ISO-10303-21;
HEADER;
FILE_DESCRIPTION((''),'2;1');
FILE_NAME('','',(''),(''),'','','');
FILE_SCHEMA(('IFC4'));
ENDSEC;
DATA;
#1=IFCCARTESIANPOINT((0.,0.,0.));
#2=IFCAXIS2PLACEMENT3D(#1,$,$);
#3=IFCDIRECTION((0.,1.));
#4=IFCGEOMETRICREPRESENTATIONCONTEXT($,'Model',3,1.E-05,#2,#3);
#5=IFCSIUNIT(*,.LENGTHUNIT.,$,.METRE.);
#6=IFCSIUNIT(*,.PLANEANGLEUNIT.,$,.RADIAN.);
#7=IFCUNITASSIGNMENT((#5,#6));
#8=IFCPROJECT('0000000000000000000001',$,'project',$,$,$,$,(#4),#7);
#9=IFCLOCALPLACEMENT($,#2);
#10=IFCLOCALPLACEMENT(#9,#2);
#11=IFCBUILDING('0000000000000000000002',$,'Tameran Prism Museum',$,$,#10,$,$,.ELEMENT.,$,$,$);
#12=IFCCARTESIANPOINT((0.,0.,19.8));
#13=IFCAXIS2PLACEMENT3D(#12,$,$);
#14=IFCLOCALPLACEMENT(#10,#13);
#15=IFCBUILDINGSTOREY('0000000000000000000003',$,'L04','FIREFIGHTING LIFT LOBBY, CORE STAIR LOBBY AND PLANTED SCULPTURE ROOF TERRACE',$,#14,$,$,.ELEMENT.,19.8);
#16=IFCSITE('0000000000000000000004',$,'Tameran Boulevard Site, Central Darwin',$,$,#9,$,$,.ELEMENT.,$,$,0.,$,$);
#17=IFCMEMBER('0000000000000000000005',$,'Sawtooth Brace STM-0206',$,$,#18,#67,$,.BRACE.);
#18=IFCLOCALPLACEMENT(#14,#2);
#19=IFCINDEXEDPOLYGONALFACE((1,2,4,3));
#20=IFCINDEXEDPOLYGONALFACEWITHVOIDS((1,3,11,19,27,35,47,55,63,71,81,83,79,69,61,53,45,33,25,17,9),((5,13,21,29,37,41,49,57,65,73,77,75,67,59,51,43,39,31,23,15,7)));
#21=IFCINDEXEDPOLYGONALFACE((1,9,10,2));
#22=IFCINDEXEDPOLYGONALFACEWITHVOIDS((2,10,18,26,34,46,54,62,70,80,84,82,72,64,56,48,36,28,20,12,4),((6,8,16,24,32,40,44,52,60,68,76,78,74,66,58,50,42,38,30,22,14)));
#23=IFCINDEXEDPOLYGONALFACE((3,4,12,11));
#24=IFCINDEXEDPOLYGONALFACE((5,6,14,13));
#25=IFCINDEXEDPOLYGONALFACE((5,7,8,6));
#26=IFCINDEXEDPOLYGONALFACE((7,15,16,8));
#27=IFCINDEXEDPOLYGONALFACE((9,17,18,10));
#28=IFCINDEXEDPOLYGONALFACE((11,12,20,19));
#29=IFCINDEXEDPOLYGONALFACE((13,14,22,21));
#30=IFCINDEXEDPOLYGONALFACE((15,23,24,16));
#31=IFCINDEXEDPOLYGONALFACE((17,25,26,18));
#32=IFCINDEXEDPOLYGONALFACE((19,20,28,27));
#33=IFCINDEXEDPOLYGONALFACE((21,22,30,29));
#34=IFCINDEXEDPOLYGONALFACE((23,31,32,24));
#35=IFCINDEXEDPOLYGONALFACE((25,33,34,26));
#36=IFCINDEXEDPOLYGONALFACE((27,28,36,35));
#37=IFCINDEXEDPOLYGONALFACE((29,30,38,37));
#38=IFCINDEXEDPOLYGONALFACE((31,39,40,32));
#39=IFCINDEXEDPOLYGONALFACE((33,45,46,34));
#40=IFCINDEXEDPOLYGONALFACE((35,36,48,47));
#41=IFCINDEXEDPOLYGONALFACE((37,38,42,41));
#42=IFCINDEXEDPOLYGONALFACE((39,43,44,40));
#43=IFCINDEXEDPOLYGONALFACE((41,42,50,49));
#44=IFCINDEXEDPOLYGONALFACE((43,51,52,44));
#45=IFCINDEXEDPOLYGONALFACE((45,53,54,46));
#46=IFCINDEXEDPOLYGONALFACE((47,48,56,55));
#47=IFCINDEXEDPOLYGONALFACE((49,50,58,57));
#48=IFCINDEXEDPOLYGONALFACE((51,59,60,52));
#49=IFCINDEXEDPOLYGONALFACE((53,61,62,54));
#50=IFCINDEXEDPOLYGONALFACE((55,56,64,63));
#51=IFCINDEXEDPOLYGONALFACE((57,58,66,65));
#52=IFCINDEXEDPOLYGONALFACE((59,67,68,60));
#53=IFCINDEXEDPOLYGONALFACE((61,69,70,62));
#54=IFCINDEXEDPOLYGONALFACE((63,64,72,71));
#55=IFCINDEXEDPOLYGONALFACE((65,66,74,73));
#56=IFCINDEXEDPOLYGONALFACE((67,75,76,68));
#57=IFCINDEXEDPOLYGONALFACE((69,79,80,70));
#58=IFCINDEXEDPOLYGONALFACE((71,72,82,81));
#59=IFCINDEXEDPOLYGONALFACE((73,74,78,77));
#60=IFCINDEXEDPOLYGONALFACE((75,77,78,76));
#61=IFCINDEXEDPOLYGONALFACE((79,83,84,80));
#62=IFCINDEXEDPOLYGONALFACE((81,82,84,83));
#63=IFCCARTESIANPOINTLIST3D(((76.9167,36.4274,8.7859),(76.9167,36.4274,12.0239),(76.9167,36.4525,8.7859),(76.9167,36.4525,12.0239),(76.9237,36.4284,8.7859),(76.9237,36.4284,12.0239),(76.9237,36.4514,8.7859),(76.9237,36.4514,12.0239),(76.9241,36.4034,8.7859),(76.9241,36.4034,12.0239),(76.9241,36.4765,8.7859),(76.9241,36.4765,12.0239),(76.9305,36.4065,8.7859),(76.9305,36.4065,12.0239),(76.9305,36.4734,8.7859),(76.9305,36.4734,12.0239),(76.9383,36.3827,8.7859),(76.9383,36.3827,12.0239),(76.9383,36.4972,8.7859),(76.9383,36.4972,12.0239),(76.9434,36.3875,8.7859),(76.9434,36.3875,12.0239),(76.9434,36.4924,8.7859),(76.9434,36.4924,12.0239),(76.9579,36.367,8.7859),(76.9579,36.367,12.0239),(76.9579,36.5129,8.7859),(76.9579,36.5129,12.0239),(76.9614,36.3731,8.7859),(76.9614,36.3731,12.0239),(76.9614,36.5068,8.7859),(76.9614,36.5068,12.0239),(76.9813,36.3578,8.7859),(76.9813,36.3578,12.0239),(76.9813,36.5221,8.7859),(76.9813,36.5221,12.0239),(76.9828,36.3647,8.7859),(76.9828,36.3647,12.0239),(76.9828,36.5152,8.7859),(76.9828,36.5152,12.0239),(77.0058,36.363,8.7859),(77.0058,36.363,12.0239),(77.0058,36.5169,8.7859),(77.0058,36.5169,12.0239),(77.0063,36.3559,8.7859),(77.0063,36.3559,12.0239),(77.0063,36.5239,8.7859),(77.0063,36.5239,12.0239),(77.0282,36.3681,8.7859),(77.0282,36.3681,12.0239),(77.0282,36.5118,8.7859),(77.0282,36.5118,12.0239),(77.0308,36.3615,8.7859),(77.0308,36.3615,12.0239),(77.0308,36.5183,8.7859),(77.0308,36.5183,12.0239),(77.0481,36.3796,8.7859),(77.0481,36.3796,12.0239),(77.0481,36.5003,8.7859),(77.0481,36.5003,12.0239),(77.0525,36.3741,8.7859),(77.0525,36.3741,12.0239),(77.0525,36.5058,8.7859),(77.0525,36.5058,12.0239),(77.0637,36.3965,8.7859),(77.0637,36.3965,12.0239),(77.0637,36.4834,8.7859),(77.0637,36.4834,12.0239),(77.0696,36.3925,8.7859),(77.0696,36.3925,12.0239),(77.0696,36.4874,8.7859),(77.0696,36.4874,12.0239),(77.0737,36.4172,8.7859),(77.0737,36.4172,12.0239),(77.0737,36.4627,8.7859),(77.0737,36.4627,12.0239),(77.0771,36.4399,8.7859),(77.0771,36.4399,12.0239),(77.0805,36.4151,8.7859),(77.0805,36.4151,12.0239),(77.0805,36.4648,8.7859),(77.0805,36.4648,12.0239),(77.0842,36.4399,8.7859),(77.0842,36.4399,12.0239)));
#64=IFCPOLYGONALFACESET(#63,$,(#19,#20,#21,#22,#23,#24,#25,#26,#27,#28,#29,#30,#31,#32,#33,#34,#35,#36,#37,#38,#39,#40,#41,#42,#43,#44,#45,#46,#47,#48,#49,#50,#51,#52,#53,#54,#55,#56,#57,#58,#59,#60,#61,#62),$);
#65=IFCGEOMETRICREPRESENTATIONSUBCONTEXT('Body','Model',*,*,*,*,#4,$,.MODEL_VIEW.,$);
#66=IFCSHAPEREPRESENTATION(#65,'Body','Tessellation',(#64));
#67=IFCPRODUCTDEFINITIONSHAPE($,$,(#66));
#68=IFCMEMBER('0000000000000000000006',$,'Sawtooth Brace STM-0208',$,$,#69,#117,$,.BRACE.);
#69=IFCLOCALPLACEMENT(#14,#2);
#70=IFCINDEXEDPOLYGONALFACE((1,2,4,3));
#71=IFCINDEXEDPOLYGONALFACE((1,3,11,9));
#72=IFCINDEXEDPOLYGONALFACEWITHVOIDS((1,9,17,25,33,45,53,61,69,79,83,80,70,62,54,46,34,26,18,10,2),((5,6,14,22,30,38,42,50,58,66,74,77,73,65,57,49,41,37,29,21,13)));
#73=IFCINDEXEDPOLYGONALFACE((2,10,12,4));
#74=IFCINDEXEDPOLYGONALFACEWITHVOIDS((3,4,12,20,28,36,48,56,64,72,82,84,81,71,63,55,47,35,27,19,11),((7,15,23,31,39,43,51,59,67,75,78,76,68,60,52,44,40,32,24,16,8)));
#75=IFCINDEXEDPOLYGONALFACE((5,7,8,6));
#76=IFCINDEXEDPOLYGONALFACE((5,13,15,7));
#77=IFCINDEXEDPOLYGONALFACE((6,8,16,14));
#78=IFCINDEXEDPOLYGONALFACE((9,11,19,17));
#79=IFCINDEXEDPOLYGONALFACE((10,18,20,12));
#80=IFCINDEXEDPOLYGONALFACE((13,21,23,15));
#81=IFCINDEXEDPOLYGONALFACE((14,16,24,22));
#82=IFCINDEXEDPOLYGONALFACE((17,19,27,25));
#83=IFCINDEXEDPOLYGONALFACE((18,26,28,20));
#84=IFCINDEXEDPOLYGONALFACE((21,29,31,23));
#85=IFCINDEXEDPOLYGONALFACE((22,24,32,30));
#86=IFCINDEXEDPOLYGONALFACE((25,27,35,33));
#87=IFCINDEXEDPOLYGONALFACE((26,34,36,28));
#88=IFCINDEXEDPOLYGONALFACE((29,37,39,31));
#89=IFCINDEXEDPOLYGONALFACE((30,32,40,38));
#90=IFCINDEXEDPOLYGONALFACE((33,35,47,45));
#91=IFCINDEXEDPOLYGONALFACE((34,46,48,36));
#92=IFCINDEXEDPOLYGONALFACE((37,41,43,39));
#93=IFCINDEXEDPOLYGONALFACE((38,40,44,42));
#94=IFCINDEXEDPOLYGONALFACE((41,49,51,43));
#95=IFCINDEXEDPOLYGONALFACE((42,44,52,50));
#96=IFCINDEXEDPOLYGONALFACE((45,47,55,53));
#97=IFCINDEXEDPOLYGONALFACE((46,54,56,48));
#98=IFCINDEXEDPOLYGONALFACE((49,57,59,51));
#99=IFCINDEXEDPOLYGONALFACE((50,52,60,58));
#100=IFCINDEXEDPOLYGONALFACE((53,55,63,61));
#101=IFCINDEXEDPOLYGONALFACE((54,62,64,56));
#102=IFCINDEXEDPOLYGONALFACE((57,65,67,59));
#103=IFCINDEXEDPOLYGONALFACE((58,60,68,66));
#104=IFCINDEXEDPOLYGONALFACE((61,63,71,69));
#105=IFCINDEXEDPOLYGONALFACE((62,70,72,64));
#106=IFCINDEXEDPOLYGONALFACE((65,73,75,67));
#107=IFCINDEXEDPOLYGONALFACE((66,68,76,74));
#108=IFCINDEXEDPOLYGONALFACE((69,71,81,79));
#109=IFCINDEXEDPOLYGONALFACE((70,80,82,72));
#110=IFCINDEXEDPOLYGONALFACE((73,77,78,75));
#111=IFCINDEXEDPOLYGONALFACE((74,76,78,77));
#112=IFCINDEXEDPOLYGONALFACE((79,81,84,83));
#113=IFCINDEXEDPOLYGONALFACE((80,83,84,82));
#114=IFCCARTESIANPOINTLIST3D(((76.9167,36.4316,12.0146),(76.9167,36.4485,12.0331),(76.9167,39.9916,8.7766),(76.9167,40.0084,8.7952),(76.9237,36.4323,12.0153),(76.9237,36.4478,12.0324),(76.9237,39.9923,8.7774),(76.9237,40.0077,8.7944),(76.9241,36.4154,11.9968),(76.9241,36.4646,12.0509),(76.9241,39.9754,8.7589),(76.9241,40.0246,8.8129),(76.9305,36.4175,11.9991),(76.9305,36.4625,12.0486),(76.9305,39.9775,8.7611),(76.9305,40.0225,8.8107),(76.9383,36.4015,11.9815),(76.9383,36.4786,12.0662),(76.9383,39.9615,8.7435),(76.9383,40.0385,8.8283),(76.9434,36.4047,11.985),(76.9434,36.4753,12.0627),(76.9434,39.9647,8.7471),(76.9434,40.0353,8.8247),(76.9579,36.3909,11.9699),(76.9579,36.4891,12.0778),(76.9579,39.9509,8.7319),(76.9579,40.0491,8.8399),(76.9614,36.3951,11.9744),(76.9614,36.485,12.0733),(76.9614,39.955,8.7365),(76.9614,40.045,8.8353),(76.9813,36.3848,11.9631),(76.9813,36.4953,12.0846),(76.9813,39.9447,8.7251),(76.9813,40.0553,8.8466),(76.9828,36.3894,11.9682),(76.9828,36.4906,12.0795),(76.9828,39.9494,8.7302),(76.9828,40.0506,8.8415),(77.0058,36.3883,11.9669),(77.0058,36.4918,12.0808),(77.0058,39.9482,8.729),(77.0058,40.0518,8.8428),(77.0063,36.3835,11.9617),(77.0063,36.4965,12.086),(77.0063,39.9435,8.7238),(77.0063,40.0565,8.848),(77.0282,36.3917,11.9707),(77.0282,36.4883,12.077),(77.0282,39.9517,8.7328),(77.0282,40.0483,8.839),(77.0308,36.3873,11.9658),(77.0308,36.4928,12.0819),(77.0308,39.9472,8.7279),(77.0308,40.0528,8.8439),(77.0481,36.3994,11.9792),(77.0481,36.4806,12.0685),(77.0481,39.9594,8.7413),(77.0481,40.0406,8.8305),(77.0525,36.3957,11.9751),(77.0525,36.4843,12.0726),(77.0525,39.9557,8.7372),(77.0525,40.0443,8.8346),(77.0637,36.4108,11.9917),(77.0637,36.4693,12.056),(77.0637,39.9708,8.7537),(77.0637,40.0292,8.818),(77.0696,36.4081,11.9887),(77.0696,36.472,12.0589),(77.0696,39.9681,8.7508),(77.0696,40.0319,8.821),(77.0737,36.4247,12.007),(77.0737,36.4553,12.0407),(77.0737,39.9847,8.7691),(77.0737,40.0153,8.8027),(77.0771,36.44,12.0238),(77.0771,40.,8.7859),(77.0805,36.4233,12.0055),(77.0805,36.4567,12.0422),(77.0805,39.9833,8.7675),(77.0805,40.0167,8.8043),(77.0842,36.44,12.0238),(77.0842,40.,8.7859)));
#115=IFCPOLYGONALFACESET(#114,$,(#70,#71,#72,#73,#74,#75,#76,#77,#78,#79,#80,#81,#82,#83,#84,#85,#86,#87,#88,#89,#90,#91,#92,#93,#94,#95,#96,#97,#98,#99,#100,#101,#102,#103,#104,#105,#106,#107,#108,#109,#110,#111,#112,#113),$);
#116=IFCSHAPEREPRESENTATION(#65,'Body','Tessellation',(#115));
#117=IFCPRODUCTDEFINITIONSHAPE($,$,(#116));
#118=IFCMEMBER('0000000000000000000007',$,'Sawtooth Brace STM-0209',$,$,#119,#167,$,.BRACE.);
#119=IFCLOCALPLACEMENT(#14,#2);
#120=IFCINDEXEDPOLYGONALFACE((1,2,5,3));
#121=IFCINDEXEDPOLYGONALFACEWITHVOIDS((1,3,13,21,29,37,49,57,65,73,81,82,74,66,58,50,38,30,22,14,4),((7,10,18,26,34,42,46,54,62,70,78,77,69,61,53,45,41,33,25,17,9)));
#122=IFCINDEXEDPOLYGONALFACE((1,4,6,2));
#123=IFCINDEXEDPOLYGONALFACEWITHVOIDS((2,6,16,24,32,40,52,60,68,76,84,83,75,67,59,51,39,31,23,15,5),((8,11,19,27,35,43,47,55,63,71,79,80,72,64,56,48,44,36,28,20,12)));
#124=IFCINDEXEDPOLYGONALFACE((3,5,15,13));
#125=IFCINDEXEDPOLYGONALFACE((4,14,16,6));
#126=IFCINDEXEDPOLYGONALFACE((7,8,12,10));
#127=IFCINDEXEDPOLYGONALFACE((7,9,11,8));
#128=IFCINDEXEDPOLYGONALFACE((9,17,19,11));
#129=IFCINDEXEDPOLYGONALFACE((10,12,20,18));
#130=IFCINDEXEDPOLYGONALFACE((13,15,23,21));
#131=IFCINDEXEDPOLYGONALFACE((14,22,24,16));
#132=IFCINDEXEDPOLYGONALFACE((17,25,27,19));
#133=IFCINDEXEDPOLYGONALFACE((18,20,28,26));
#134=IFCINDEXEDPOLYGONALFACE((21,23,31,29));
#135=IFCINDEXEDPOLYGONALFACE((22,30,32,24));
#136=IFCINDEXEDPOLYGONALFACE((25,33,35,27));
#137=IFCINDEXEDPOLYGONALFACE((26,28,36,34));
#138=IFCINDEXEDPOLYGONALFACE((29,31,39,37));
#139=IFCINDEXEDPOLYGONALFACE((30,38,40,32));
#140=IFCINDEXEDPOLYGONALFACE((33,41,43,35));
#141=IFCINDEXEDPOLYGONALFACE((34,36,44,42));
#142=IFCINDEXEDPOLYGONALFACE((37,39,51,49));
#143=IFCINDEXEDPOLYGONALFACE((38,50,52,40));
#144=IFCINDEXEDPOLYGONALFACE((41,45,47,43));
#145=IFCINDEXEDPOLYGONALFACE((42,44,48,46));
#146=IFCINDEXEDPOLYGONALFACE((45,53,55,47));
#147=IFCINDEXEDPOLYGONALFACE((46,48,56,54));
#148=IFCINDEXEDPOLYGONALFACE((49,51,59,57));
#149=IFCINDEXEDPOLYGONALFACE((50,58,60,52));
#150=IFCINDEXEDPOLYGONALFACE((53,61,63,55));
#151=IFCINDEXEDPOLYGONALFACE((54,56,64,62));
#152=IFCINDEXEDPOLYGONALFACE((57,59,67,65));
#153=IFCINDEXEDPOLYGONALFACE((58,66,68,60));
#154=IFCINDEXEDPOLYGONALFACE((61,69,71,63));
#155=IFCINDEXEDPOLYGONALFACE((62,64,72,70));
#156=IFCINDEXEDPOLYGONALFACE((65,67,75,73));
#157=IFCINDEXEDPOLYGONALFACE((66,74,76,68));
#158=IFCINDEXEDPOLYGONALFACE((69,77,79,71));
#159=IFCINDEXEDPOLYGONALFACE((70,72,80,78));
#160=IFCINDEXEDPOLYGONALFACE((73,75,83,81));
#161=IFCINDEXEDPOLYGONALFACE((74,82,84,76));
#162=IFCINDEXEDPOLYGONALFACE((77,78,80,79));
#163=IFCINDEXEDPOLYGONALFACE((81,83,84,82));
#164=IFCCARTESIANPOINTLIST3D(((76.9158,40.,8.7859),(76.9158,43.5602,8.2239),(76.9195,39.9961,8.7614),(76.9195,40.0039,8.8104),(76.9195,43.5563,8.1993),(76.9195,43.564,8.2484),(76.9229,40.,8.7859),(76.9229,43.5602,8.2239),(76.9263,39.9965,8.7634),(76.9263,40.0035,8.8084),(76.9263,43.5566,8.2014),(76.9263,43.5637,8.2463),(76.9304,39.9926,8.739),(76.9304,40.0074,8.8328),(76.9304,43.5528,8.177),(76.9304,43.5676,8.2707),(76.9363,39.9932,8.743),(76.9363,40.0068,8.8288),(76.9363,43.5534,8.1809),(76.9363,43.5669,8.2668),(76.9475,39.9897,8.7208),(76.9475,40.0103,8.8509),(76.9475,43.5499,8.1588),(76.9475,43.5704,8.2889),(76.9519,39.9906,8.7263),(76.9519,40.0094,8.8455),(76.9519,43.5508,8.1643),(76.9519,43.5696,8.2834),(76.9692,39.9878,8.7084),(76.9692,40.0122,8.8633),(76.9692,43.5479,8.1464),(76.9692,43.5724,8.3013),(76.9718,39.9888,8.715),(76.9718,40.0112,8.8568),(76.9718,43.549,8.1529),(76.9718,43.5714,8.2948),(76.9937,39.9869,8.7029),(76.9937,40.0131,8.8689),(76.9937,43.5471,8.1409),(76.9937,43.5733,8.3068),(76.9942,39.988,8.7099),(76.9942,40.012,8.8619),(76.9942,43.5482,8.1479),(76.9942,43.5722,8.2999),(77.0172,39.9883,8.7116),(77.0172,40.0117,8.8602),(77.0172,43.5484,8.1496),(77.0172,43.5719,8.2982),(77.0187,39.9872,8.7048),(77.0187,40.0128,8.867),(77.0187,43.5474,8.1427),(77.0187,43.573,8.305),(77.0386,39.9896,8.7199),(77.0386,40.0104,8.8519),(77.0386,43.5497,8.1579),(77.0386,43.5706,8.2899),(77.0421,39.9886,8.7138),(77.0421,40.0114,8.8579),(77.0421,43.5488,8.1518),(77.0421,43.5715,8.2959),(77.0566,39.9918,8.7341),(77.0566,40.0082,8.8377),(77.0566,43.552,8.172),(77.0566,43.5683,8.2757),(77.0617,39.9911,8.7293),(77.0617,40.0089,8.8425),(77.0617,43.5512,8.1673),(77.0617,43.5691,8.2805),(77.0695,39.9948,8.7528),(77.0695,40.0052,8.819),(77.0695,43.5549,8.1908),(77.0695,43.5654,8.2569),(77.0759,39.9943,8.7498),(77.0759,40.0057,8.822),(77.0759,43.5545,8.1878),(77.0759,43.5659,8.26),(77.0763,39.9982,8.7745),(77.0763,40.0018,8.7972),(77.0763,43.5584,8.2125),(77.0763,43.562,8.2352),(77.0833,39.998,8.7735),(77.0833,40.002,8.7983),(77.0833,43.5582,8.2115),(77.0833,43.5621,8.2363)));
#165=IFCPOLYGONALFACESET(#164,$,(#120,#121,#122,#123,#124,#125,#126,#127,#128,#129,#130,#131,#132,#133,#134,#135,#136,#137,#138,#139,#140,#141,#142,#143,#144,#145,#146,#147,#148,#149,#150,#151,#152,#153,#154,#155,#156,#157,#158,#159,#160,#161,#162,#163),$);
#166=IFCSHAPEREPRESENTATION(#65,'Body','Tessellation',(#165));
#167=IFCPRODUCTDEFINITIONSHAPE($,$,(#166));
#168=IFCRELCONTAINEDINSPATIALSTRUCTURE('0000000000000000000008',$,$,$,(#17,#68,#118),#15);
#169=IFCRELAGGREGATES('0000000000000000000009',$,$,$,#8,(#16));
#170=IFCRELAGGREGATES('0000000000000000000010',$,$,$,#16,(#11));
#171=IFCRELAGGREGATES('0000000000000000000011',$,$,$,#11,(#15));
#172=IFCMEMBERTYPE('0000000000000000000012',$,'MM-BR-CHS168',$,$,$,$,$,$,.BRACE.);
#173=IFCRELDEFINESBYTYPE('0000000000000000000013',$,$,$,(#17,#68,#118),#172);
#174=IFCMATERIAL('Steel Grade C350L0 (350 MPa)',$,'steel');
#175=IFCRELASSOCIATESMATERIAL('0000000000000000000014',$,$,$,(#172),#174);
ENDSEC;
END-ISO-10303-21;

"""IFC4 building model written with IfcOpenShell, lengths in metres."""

from ifc_helpers import new_model, si_unit, direction, frame, origin, origin_2d, place, context, subcontext, project, spatial, hollow_circle, extrude, material, material_profile, profile_set, type_object, element, save


model = new_model("IFC4")

# Units and contexts
model_context = context("Model", 3, precision=1e-05, world=origin(), true_north=direction((0.0, 1.0)))
body_context = subcontext(model_context, "Body", "Model", "MODEL_VIEW")
ifc_project = project(units=[si_unit("LENGTHUNIT", "METRE"), si_unit("PLANEANGLEUNIT", "RADIAN")], contexts=[model_context])

# Site, building, storey
site_placement = place(None, origin())
site = spatial("IfcSite", under=ifc_project, at=site_placement, Name="Tameran Boulevard Site, Central Darwin", CompositionType="ELEMENT", RefElevation=0.0)
building_placement = place(site_placement, origin())
building = spatial("IfcBuilding", under=site, at=building_placement, Name="Tameran Prism Museum", CompositionType="ELEMENT")
storey_placement = place(building_placement, frame((0.0, 0.0, 19.8)))
storey = spatial("IfcBuildingStorey", under=building, at=storey_placement, Name="L04", Description="FIREFIGHTING LIFT LOBBY, CORE STAIR LOBBY AND PLANTED SCULPTURE ROOF TERRACE", CompositionType="ELEMENT", Elevation=19.8)

# Members
ifc_material_1 = material(Name="Steel Grade C350L0 (350 MPa)", Category="steel")
ifc_material_profile_1 = material_profile(ifc_material_1, hollow_circle(Radius=0.0842, WallThickness=0.0071, at=origin_2d()))
ifc_profile_set_1 = profile_set([ifc_material_profile_1])
member_type_1 = type_object("IfcMemberType", Name="MM-BR-CHS168", PredefinedType="BRACE", material=ifc_profile_set_1)
member_1_placement = place(storey_placement, frame((77.0, 36.4399, 8.7859), z_axis=(0.0, 0.0, 1.0), x_axis=(1.0, 0.0, 0.0)))
element("IfcMember", 1, at=member_1_placement, inside=storey, type_object=member_type_1, Name="Sawtooth Brace STM-0206", PredefinedType="BRACE", context=body_context, shape_type="SweptSolid", body=[
    extrude(hollow_circle(Radius=0.0842, WallThickness=0.0071, at=origin_2d()), origin(), (0.0, 0.0, 1.0), 3.238),
])
member_2_placement = place(storey_placement, frame((77.0, 40.0, 8.7859), z_axis=(0.0, -0.739772, 0.672857), x_axis=(1.0, 0.0, 0.0)))
element("IfcMember", 2, at=member_2_placement, inside=storey, type_object=member_type_1, Name="Sawtooth Brace STM-0208", PredefinedType="BRACE", context=body_context, shape_type="SweptSolid", body=[
    extrude(hollow_circle(Radius=0.0842, WallThickness=0.0071, at=origin_2d()), origin(), (0.0, 0.0, 1.0), 4.8123),
])
member_3_placement = place(storey_placement, frame((77.0, 40.0, 8.7859), z_axis=(0.0, 0.987767, -0.155935), x_axis=(-1.0, 0.0, 0.0)))
element("IfcMember", 3, at=member_3_placement, inside=storey, type_object=member_type_1, Name="Sawtooth Brace STM-0209", PredefinedType="BRACE", context=body_context, shape_type="SweptSolid", body=[
    extrude(hollow_circle(Radius=0.0842, WallThickness=0.0071, at=origin_2d()), origin(), (0.0, 0.0, 1.0), 3.6042),
])

save(model, "model.ifc")
